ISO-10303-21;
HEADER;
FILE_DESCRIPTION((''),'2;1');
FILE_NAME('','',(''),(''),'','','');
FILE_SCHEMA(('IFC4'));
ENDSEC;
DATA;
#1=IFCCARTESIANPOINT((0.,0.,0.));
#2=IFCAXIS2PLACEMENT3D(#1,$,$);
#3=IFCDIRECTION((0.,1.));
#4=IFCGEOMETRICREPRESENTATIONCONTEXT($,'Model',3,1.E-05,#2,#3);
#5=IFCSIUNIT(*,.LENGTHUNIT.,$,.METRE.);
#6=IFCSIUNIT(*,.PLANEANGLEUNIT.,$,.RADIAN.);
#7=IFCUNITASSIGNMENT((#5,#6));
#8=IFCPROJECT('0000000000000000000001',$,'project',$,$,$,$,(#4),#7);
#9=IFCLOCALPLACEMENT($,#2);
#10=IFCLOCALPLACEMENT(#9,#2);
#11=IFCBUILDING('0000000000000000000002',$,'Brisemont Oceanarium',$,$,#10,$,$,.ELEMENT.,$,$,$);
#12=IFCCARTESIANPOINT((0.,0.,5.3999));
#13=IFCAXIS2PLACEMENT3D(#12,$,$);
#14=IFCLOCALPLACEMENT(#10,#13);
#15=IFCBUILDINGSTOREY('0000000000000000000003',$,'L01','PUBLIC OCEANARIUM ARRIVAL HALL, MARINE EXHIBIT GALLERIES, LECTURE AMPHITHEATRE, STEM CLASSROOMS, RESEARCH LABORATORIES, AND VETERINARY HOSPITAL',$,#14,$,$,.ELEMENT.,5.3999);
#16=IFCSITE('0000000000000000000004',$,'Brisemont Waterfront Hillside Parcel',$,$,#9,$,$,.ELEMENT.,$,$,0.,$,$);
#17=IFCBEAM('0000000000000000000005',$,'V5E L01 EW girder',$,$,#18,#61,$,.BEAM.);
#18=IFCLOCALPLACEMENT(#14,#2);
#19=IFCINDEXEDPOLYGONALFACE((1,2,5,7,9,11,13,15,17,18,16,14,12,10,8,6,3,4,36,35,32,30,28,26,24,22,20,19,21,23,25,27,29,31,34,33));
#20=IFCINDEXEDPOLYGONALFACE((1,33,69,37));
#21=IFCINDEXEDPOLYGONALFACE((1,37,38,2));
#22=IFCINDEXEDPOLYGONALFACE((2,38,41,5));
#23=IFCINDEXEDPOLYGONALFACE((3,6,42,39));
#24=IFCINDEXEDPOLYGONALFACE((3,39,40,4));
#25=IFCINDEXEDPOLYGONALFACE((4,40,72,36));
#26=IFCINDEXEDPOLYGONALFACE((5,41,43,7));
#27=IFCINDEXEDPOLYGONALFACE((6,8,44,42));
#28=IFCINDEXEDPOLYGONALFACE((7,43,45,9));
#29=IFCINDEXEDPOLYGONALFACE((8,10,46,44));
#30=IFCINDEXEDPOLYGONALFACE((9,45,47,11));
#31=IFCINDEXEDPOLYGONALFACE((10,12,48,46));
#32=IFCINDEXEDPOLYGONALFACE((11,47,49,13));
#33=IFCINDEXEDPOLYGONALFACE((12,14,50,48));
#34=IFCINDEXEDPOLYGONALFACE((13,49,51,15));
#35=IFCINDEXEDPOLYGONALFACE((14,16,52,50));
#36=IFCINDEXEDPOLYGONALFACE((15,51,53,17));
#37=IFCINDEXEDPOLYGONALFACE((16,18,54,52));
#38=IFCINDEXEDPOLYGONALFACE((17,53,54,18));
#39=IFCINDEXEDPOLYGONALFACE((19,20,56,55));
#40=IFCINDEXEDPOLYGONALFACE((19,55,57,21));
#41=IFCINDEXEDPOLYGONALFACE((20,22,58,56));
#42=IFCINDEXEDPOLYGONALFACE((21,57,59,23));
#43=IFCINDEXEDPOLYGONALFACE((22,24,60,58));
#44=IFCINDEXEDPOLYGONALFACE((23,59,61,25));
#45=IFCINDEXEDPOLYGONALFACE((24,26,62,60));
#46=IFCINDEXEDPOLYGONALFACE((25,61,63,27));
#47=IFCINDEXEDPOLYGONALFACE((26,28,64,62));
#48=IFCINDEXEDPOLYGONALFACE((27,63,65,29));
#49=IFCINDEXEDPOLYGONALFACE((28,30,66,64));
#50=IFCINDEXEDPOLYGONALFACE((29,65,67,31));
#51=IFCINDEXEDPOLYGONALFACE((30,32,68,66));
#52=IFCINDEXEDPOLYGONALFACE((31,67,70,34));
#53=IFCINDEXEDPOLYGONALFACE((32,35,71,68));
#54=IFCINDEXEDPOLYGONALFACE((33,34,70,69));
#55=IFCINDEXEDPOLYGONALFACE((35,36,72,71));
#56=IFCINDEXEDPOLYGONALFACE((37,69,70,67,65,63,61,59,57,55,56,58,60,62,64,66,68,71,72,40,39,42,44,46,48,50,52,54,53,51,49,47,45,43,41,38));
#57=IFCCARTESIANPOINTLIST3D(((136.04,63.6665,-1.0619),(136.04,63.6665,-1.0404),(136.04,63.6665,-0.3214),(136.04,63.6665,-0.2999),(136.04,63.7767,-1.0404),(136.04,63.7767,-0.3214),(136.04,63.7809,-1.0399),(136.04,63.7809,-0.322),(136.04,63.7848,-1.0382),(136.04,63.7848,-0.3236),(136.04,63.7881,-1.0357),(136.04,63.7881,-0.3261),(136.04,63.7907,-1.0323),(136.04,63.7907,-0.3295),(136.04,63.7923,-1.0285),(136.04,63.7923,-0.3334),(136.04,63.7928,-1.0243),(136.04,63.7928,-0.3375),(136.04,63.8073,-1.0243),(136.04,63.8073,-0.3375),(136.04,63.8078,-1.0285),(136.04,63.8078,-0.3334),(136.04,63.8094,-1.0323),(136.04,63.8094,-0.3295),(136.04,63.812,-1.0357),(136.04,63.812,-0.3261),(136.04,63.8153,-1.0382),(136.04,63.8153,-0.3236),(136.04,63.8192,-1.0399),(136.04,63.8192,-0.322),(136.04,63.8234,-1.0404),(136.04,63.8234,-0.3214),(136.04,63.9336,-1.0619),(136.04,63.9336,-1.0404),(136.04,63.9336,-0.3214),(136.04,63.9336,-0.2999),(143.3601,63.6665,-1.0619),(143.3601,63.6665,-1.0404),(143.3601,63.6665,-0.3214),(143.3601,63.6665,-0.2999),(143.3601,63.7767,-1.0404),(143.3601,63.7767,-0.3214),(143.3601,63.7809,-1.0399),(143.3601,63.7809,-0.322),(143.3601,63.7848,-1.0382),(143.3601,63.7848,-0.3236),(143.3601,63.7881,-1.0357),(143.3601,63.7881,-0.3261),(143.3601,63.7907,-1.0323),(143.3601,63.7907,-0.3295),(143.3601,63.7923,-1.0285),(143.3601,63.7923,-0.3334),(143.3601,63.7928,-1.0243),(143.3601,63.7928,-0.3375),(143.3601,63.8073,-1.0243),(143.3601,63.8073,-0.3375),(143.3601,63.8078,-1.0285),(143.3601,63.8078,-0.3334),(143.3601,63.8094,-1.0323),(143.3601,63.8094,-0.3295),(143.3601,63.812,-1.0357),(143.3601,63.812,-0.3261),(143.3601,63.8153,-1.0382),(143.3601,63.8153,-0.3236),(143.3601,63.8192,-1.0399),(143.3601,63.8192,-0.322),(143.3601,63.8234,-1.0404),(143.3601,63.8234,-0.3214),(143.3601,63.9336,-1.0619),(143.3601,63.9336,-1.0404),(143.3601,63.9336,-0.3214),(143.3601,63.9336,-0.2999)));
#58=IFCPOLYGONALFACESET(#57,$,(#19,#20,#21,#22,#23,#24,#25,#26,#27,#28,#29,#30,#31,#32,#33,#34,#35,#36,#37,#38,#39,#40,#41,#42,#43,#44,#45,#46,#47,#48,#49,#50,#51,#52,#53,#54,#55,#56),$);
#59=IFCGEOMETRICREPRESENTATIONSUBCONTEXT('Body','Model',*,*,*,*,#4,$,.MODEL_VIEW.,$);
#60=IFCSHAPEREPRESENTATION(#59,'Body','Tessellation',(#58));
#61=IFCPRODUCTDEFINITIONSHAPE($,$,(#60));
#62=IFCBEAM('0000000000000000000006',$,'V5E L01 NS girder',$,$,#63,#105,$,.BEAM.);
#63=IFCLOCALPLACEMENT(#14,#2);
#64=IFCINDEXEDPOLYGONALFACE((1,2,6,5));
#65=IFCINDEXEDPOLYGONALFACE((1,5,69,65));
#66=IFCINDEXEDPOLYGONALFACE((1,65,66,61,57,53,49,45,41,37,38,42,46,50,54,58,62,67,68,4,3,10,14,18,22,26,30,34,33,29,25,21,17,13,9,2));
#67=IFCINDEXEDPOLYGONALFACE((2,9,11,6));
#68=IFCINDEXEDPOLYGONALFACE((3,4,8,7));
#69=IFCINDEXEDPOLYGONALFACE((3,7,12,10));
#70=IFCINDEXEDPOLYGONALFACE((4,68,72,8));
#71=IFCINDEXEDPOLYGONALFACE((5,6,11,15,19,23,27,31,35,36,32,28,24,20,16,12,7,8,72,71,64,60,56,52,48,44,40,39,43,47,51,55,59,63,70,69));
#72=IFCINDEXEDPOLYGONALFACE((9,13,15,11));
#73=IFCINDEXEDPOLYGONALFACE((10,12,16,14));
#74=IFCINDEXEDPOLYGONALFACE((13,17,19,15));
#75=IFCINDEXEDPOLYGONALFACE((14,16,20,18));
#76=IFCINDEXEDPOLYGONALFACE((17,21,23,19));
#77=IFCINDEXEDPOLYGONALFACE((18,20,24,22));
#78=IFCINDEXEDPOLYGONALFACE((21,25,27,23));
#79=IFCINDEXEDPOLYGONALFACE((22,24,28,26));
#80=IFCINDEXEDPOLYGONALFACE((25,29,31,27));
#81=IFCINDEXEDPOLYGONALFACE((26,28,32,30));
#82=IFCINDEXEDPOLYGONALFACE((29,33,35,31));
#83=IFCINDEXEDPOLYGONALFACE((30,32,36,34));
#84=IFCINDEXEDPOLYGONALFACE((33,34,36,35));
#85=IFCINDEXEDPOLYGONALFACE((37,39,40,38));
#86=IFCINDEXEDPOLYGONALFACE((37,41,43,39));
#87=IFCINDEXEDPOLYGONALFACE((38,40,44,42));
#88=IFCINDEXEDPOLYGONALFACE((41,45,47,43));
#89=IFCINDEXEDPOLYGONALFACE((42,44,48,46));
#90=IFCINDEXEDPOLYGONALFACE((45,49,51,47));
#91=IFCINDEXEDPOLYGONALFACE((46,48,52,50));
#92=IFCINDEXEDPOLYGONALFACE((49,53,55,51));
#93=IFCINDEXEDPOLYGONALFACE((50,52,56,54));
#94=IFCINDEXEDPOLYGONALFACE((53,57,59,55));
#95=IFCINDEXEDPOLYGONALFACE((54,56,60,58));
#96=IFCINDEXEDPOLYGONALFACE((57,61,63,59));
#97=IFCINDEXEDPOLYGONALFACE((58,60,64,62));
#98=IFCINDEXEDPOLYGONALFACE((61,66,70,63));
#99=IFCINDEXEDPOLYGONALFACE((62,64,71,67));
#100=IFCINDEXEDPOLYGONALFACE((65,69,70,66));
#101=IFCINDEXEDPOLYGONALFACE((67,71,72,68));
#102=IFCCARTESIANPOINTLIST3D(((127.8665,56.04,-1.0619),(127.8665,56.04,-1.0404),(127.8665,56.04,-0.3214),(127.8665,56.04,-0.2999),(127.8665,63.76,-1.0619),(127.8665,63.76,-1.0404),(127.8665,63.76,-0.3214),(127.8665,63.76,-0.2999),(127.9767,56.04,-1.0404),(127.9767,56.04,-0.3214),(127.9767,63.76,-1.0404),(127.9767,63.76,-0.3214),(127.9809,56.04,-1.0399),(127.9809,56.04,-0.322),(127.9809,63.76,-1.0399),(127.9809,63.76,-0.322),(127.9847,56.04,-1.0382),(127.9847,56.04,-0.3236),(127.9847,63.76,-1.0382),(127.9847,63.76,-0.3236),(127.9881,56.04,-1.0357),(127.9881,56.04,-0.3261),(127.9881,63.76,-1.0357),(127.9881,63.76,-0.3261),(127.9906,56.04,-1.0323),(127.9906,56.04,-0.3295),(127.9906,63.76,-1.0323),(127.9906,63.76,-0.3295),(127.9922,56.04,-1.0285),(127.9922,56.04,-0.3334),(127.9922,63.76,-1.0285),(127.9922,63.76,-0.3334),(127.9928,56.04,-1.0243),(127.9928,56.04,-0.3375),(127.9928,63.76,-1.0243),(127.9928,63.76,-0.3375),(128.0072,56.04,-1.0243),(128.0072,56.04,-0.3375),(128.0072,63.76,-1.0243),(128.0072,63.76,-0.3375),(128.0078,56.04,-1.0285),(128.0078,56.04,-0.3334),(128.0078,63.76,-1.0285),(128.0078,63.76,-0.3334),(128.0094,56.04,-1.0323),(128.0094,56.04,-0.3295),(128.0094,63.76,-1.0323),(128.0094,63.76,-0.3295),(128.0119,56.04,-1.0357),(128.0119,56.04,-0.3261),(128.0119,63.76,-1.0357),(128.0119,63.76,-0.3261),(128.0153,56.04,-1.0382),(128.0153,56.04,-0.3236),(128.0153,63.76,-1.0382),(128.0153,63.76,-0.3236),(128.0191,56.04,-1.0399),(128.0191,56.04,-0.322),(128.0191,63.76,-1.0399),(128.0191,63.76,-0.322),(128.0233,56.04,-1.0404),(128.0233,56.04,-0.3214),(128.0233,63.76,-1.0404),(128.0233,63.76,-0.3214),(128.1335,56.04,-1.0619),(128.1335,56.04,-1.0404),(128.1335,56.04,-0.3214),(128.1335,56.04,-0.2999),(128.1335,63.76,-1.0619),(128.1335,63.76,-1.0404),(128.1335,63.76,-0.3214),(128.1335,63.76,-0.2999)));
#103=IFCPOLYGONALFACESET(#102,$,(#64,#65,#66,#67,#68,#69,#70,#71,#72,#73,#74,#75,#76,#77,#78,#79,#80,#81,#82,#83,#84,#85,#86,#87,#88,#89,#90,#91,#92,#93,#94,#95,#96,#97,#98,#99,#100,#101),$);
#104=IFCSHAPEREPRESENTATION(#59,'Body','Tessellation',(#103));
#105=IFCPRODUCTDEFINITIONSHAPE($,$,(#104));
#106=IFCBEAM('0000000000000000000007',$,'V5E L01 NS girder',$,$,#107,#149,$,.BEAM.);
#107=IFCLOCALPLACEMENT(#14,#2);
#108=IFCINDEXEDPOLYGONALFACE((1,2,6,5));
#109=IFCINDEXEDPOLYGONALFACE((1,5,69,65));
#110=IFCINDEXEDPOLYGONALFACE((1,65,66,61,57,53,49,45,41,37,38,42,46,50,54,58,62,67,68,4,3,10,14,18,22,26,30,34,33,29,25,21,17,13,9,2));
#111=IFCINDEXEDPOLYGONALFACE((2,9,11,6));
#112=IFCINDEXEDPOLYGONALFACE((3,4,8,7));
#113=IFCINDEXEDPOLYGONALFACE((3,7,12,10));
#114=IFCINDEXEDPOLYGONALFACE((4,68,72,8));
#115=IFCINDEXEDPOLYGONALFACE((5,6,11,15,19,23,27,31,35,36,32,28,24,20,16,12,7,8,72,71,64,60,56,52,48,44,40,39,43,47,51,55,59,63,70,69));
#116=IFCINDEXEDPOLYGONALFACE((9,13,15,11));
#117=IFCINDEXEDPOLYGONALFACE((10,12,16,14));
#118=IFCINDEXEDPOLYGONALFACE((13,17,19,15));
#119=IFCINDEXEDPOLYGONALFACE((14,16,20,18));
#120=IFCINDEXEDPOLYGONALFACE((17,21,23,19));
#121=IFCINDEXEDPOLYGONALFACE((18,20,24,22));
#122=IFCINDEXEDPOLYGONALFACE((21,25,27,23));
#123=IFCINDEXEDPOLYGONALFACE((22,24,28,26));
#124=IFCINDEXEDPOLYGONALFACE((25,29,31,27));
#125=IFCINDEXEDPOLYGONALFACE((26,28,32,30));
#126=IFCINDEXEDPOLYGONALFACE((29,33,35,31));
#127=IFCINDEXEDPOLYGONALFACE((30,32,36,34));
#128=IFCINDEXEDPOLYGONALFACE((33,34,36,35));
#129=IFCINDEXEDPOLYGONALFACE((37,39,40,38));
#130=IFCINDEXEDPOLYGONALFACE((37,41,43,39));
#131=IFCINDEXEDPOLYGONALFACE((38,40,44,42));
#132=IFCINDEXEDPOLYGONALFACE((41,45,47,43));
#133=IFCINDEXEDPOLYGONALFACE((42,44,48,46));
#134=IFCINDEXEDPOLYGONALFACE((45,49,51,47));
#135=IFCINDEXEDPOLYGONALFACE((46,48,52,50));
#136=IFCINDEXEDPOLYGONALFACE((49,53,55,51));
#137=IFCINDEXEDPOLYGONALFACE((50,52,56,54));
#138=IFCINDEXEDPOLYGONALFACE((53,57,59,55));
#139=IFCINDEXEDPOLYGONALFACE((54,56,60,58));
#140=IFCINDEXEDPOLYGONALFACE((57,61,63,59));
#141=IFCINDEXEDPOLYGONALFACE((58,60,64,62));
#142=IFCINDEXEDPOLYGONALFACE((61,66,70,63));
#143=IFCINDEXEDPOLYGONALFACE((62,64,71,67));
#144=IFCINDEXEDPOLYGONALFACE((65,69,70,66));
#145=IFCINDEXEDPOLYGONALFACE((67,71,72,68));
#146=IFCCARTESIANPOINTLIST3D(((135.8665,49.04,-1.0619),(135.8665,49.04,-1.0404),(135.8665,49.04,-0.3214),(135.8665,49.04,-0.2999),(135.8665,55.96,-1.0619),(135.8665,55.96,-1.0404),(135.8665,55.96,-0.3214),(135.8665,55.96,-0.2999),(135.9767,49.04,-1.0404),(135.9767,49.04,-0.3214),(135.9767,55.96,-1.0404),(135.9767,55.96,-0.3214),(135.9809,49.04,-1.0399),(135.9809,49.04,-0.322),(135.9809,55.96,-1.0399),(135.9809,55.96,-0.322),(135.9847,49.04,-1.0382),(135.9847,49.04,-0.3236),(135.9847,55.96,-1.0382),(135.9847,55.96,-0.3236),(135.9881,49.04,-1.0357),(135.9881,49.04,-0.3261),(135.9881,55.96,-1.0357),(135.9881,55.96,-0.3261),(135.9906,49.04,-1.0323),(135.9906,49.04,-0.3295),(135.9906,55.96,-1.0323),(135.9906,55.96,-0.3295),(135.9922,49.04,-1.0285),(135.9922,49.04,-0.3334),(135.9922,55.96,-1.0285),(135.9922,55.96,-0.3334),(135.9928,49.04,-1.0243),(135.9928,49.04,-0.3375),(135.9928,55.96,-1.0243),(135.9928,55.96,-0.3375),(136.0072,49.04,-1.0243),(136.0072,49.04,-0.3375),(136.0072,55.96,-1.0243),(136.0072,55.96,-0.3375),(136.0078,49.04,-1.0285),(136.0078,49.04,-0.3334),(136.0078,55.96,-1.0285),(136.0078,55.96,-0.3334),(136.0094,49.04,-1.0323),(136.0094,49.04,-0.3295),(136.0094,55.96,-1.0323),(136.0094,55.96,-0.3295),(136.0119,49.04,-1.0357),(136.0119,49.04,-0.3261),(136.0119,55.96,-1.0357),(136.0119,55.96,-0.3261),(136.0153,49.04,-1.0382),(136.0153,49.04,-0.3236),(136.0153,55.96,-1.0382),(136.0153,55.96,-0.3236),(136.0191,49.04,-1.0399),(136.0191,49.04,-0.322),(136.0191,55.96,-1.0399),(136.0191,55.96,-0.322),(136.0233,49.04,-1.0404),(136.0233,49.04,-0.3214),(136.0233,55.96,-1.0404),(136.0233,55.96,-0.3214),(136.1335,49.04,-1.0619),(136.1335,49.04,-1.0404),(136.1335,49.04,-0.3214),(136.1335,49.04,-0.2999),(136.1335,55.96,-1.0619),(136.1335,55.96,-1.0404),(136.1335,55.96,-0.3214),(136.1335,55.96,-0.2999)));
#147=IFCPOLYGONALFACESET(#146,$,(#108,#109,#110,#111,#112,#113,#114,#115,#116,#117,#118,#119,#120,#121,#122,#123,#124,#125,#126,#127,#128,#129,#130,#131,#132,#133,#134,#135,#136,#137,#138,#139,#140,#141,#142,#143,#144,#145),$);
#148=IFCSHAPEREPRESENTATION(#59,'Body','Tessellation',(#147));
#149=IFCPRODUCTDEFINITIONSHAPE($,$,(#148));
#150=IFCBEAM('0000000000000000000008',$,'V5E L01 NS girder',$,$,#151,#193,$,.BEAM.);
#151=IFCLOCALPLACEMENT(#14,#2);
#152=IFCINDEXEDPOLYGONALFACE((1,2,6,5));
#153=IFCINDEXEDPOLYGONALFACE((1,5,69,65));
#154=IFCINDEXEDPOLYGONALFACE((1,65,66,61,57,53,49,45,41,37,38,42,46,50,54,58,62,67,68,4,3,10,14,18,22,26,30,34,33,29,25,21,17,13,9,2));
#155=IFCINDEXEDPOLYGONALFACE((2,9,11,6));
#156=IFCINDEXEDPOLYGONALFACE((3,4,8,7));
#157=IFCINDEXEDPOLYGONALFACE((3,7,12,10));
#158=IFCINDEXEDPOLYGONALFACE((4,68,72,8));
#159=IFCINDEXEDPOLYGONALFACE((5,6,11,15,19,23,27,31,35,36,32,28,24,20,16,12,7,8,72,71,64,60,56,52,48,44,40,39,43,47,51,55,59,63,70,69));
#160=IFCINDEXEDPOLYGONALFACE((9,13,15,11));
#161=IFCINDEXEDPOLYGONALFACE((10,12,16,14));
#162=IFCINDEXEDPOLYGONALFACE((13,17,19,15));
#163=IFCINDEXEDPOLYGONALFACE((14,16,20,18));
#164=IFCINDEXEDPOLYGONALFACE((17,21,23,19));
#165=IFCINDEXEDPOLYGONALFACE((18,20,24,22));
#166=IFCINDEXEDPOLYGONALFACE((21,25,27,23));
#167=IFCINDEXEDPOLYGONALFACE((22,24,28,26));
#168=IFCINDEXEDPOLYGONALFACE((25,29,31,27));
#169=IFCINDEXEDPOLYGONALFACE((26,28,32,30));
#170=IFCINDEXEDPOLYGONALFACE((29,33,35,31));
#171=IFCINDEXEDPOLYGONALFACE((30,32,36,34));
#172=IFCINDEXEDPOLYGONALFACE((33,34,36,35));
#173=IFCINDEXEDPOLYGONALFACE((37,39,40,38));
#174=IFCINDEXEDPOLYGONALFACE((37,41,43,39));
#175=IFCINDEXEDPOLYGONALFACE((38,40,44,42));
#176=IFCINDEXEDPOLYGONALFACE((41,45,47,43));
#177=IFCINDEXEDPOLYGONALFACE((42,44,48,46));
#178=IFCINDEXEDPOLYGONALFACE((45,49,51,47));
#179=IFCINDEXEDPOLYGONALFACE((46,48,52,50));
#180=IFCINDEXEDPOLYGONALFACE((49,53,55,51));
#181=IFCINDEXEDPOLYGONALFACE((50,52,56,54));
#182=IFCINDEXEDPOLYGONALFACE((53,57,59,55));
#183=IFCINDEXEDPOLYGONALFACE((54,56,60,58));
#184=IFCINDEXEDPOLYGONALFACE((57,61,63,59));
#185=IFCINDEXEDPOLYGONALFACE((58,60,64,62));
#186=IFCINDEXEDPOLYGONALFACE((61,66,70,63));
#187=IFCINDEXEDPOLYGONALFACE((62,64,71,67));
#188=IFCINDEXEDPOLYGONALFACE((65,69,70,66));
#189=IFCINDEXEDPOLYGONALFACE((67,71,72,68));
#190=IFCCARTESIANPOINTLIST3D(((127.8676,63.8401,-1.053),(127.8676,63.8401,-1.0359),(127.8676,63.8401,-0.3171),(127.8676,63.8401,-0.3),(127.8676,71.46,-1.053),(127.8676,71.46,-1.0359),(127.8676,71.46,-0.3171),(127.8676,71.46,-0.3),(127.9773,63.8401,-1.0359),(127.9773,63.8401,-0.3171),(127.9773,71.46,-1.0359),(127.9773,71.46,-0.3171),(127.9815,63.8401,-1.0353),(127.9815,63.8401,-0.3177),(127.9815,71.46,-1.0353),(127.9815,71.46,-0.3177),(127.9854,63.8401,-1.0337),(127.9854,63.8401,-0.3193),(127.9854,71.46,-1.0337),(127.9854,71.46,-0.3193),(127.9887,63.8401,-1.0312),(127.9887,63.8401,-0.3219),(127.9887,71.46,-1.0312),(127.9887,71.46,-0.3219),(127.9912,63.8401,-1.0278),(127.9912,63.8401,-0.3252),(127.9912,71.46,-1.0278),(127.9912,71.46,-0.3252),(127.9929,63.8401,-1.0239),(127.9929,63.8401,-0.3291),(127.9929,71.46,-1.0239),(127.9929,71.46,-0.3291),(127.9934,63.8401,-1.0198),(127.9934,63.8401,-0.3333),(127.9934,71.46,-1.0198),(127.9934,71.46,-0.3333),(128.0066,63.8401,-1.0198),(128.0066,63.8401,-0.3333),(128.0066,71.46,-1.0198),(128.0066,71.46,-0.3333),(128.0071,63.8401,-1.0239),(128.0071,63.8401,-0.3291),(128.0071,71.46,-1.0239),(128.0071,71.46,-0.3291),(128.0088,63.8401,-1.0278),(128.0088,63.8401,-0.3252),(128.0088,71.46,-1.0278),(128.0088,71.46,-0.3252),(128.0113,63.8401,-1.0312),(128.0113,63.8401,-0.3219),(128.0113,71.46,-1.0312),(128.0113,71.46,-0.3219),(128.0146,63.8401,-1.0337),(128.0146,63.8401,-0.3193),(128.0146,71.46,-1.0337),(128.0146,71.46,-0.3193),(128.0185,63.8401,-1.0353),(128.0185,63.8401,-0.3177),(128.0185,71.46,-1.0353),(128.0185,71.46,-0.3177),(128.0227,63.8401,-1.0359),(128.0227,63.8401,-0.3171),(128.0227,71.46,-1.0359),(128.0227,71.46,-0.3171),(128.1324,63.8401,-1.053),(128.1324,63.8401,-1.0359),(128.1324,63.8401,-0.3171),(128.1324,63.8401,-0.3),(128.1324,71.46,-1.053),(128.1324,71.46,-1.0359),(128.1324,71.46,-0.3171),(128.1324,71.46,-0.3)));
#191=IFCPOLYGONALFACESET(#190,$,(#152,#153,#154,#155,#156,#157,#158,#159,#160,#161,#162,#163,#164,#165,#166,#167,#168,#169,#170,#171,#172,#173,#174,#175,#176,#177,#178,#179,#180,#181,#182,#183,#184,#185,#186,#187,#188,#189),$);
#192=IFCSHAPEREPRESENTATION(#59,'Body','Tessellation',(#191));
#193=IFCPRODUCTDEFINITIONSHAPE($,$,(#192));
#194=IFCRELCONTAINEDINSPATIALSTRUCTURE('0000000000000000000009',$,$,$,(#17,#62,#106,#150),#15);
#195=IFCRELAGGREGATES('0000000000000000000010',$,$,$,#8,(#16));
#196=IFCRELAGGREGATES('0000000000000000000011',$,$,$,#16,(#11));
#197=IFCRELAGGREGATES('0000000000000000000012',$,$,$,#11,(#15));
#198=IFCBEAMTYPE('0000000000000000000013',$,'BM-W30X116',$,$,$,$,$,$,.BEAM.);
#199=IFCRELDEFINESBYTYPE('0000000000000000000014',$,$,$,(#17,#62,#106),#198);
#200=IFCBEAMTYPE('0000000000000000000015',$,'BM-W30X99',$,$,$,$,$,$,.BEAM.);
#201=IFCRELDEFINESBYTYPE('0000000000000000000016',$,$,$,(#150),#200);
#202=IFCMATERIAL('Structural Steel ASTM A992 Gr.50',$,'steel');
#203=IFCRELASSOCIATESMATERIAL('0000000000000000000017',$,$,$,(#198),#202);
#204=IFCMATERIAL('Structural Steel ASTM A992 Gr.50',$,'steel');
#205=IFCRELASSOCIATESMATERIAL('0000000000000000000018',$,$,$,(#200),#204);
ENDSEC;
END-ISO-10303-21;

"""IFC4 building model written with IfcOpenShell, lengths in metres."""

from ifc_helpers import new_model, si_unit, direction, frame, origin, origin_2d, place, context, subcontext, project, spatial, i_section, extrude, material, material_profile, profile_set, type_object, element, save


model = new_model("IFC4")

# Units and contexts
model_context = context("Model", 3, precision=1e-05, world=origin(), true_north=direction((0.0, 1.0)))
body_context = subcontext(model_context, "Body", "Model", "MODEL_VIEW")
ifc_project = project(units=[si_unit("LENGTHUNIT", "METRE"), si_unit("PLANEANGLEUNIT", "RADIAN")], contexts=[model_context])

# Site, building, storey
site_placement = place(None, origin())
site = spatial("IfcSite", under=ifc_project, at=site_placement, Name="Brisemont Waterfront Hillside Parcel", CompositionType="ELEMENT", RefElevation=0.0)
building_placement = place(site_placement, origin())
building = spatial("IfcBuilding", under=site, at=building_placement, Name="Brisemont Oceanarium", CompositionType="ELEMENT")
storey_placement = place(building_placement, frame((0.0, 0.0, 5.3999)))
storey = spatial("IfcBuildingStorey", under=building, at=storey_placement, Name="L01", Description="PUBLIC OCEANARIUM ARRIVAL HALL, MARINE EXHIBIT GALLERIES, LECTURE AMPHITHEATRE, STEM CLASSROOMS, RESEARCH LABORATORIES, AND VETERINARY HOSPITAL", CompositionType="ELEMENT", Elevation=5.3999)

# Beams
ifc_material_1 = material(Name="Structural Steel ASTM A992 Gr.50", Category="steel")
ifc_material_profile_1 = material_profile(ifc_material_1, i_section(OverallWidth=0.2671, OverallDepth=0.762, WebThickness=0.0144, FlangeThickness=0.0215, FilletRadius=0.0161, at=origin_2d()), Name="W30X116")
ifc_profile_set_1 = profile_set([ifc_material_profile_1], Name="Structural Steel ASTM A992 Gr.50")
beam_type_1 = type_object("IfcBeamType", Name="BM-W30X116", PredefinedType="BEAM", material=ifc_profile_set_1)
beam_1_placement = place(storey_placement, frame((136.04, 63.8, -0.6809), z_axis=(1.0, 0.0, 0.0), x_axis=(0.0, 1.0, 0.0)))
element("IfcBeam", 1, at=beam_1_placement, inside=storey, type_object=beam_type_1, Name="V5E L01 EW girder", PredefinedType="BEAM", context=body_context, shape_type="SweptSolid", body=[
    extrude(i_section(OverallWidth=0.2671, OverallDepth=0.762, WebThickness=0.0144, FlangeThickness=0.0215, FilletRadius=0.0161, at=origin_2d()), origin(), (0.0, 0.0, 1.0), 7.3201),
])
beam_2_placement = place(storey_placement, frame((128.0, 56.04, -0.6809), z_axis=(0.0, 1.0, 0.0), x_axis=(-1.0, 0.0, 0.0)))
element("IfcBeam", 2, at=beam_2_placement, inside=storey, type_object=beam_type_1, Name="V5E L01 NS girder", PredefinedType="BEAM", context=body_context, shape_type="SweptSolid", body=[
    extrude(i_section(OverallWidth=0.2671, OverallDepth=0.762, WebThickness=0.0144, FlangeThickness=0.0215, FilletRadius=0.0161, at=origin_2d()), origin(), (0.0, 0.0, 1.0), 7.72),
])
beam_3_placement = place(storey_placement, frame((136.0, 49.04, -0.6809), z_axis=(0.0, 1.0, 0.0), x_axis=(-1.0, 0.0, 0.0)))
element("IfcBeam", 3, at=beam_3_placement, inside=storey, type_object=beam_type_1, Name="V5E L01 NS girder", PredefinedType="BEAM", context=body_context, shape_type="SweptSolid", body=[
    extrude(i_section(OverallWidth=0.2671, OverallDepth=0.762, WebThickness=0.0144, FlangeThickness=0.0215, FilletRadius=0.0161, at=origin_2d()), origin(), (0.0, 0.0, 1.0), 6.9199),
])
ifc_material_2 = material(Name="Structural Steel ASTM A992 Gr.50", Category="steel")
ifc_material_profile_2 = material_profile(ifc_material_2, i_section(OverallWidth=0.2649, OverallDepth=0.7529, WebThickness=0.0132, FlangeThickness=0.0171, FilletRadius=0.0161, at=origin_2d()), Name="W30X99")
ifc_profile_set_2 = profile_set([ifc_material_profile_2], Name="Structural Steel ASTM A992 Gr.50")
beam_type_2 = type_object("IfcBeamType", Name="BM-W30X99", PredefinedType="BEAM", material=ifc_profile_set_2)
beam_4_placement = place(storey_placement, frame((128.0, 63.8401, -0.6765), z_axis=(0.0, 1.0, 0.0), x_axis=(-1.0, 0.0, 0.0)))
element("IfcBeam", 4, at=beam_4_placement, inside=storey, type_object=beam_type_2, Name="V5E L01 NS girder", PredefinedType="BEAM", context=body_context, shape_type="SweptSolid", body=[
    extrude(i_section(OverallWidth=0.2649, OverallDepth=0.7529, WebThickness=0.0132, FlangeThickness=0.0171, FilletRadius=0.0161, at=origin_2d()), origin(), (0.0, 0.0, 1.0), 7.6199),
])

save(model, "model.ifc")
